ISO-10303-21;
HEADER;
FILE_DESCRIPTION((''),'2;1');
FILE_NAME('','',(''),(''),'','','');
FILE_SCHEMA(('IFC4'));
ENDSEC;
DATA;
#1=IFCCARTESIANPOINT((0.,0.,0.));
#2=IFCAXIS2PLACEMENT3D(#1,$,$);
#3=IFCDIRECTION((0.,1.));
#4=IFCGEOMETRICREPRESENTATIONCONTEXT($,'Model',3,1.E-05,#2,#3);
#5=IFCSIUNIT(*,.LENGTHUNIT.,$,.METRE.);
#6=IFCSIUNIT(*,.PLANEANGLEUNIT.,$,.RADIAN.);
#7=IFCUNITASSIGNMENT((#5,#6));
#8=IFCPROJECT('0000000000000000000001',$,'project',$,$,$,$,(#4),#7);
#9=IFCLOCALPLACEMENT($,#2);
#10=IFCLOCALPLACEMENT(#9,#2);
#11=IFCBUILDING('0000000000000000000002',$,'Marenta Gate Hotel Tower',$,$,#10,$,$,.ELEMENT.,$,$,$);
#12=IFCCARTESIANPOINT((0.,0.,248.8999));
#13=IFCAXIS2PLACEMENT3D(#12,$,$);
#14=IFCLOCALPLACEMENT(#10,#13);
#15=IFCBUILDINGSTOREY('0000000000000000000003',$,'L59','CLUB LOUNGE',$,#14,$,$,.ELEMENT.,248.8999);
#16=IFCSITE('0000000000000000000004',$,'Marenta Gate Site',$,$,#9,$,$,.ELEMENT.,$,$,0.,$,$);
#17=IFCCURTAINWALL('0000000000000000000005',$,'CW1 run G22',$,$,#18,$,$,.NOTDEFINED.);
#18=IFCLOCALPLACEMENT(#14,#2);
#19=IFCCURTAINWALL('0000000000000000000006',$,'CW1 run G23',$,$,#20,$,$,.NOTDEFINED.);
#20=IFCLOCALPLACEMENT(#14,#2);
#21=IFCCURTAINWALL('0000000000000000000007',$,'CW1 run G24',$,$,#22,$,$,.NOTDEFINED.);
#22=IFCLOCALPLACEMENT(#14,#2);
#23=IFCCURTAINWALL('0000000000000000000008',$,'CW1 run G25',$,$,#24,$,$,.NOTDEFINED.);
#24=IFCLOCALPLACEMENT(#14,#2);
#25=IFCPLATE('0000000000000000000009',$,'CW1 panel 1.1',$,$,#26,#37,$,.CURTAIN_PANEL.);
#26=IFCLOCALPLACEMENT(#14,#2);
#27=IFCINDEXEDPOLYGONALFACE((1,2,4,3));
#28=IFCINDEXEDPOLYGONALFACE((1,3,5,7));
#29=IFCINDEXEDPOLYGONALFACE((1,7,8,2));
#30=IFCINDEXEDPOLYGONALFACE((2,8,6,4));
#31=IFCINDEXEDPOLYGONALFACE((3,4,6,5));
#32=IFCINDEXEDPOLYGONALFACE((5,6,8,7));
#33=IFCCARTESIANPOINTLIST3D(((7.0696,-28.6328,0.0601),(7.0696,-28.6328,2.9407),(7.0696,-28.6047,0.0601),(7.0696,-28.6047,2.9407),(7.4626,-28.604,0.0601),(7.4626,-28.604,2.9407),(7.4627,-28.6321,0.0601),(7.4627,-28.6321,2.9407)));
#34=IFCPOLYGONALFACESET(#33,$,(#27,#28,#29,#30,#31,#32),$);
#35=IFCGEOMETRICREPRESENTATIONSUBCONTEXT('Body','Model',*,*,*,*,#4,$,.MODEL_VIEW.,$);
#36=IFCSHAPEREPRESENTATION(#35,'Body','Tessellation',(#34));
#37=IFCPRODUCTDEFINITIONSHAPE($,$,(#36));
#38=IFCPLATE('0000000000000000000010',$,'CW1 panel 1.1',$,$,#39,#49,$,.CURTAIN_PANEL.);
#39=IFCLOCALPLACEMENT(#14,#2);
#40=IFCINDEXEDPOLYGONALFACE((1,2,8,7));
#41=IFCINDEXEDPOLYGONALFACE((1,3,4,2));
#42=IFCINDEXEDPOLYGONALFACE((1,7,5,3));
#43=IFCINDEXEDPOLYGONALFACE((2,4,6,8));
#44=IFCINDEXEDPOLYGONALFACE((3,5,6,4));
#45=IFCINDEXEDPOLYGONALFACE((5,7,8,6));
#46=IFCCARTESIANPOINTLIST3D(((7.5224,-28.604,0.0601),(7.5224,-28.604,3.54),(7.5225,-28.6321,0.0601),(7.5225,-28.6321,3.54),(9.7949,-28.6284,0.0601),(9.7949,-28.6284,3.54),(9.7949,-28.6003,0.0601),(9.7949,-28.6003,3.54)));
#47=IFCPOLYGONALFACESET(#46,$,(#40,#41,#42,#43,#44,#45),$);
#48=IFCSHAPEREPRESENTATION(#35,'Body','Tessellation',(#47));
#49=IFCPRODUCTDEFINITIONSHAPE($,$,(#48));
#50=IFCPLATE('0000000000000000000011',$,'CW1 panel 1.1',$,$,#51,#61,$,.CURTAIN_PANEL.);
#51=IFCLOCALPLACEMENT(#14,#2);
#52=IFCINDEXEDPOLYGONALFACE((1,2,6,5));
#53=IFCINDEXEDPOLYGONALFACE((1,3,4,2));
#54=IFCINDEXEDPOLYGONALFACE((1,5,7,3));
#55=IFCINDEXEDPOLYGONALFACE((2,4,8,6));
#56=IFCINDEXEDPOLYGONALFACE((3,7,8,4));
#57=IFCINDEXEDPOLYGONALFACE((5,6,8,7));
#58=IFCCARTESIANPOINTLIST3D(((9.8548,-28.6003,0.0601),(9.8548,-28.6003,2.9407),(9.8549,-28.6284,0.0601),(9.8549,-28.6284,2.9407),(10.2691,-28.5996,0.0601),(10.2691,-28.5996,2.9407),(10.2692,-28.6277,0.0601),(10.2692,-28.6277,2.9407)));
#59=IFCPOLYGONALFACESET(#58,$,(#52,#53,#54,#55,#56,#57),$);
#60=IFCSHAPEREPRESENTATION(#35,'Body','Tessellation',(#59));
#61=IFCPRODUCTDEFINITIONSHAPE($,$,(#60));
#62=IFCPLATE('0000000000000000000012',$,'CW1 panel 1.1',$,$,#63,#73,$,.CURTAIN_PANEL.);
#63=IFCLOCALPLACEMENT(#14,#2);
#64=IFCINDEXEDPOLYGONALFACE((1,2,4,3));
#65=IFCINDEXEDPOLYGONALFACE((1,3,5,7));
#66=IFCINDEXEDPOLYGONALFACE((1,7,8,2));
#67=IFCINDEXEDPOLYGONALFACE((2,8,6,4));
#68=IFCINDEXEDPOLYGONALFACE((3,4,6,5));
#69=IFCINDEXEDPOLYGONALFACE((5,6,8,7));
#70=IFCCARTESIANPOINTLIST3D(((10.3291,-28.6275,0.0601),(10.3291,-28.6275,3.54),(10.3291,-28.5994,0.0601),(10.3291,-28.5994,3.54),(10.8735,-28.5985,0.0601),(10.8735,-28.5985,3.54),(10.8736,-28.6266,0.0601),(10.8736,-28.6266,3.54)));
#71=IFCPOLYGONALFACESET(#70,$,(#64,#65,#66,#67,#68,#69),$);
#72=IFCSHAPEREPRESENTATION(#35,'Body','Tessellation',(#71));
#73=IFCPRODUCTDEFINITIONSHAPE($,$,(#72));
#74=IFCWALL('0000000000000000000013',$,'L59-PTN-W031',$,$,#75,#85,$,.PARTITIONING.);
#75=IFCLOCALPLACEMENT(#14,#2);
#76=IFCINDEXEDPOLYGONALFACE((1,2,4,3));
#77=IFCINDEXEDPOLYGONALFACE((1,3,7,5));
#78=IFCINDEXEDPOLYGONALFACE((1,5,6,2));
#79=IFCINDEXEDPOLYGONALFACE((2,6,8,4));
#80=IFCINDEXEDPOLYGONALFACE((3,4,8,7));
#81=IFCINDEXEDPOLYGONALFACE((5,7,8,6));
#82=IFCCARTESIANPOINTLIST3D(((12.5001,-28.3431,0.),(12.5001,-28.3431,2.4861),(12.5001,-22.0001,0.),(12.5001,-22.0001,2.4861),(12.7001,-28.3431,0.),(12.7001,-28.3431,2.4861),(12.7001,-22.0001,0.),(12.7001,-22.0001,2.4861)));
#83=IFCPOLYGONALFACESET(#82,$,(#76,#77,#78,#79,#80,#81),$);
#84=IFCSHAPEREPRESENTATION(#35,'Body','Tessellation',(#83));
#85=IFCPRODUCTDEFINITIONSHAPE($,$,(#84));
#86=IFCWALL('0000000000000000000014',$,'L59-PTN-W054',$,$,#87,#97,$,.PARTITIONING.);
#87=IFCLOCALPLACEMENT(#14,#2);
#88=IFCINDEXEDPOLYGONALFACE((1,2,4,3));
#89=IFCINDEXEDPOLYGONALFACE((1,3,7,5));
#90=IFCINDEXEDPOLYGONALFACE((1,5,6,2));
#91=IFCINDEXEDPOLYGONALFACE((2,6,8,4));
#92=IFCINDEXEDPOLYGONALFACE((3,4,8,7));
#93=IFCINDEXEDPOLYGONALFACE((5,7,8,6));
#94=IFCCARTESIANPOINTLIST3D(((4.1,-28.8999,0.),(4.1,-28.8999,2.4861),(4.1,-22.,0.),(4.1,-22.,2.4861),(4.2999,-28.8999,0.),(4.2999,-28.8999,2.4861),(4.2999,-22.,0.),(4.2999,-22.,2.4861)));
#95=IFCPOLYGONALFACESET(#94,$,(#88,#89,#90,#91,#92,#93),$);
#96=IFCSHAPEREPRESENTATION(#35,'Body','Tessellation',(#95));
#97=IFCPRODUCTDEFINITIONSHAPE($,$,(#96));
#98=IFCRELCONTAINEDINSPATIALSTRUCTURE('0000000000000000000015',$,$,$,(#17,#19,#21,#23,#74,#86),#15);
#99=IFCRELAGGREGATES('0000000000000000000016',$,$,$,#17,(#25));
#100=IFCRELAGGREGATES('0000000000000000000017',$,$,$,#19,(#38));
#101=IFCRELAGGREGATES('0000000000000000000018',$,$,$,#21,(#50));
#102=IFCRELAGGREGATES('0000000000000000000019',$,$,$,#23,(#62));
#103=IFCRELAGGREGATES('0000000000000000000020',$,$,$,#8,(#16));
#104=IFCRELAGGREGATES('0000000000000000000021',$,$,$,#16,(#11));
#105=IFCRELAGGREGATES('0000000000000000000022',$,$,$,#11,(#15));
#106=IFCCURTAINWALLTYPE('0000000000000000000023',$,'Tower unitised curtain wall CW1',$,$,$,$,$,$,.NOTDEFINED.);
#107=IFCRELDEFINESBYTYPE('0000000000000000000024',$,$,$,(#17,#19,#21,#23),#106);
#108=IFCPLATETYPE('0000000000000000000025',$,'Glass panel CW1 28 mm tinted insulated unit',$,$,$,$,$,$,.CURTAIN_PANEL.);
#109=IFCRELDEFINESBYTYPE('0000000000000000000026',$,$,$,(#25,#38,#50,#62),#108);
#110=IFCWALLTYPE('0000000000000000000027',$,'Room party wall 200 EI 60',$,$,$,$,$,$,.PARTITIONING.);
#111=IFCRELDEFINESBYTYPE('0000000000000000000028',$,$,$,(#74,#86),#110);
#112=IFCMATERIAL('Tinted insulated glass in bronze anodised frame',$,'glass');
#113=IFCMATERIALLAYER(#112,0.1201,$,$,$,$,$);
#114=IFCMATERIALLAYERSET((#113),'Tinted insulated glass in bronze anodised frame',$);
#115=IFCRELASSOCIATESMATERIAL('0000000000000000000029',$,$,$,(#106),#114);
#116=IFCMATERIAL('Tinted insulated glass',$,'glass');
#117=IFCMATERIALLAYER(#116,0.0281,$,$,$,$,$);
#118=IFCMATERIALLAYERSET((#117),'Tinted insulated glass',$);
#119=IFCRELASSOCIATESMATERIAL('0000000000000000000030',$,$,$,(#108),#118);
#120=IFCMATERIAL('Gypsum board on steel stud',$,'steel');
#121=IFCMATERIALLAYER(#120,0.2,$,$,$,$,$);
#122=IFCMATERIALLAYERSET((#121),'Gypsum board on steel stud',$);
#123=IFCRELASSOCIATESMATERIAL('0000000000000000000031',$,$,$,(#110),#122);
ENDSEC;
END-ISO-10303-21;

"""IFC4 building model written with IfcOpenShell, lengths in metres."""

from ifc_helpers import new_model, si_unit, direction, frame, frame_2d, origin, origin_2d, place, context, subcontext, project, spatial, rectangle, extrude, material, layer, layer_set, type_object, element, aggregate, save


model = new_model("IFC4")

# Units and contexts
model_context = context("Model", 3, precision=1e-05, world=origin(), true_north=direction((0.0, 1.0)))
body_context = subcontext(model_context, "Body", "Model", "MODEL_VIEW")
ifc_project = project(units=[si_unit("LENGTHUNIT", "METRE"), si_unit("PLANEANGLEUNIT", "RADIAN")], contexts=[model_context])

# Site, building, storey
site_placement = place(None, origin())
site = spatial("IfcSite", under=ifc_project, at=site_placement, Name="Marenta Gate Site", CompositionType="ELEMENT", RefElevation=0.0)
building_placement = place(site_placement, origin())
building = spatial("IfcBuilding", under=site, at=building_placement, Name="Marenta Gate Hotel Tower", CompositionType="ELEMENT")
storey_placement = place(building_placement, frame((0.0, 0.0, 248.8999)))
storey = spatial("IfcBuildingStorey", under=building, at=storey_placement, Name="L59", Description="CLUB LOUNGE", CompositionType="ELEMENT", Elevation=248.8999)

# Curtain walls
ifc_material_1 = material(Name="Tinted insulated glass in bronze anodised frame", Category="glass")
ifc_layer_1 = layer(ifc_material_1, 0.1201)
ifc_layer_set_1 = layer_set([ifc_layer_1], Name="Tinted insulated glass in bronze anodised frame")
curtain_wall_type = type_object("IfcCurtainWallType", Name="Tower unitised curtain wall CW1", PredefinedType="NOTDEFINED", material=ifc_layer_set_1)
curtain_wall_1_placement = place(storey_placement, origin())
curtain_wall_1 = element("IfcCurtainWall", 1, at=curtain_wall_1_placement, inside=storey, type_object=curtain_wall_type, Name="CW1 run G22", PredefinedType="NOTDEFINED")
curtain_wall_2_placement = place(storey_placement, origin())
curtain_wall_2 = element("IfcCurtainWall", 2, at=curtain_wall_2_placement, inside=storey, type_object=curtain_wall_type, Name="CW1 run G23", PredefinedType="NOTDEFINED")
curtain_wall_3_placement = place(storey_placement, origin())
curtain_wall_3 = element("IfcCurtainWall", 3, at=curtain_wall_3_placement, inside=storey, type_object=curtain_wall_type, Name="CW1 run G24", PredefinedType="NOTDEFINED")
curtain_wall_4_placement = place(storey_placement, origin())
curtain_wall_4 = element("IfcCurtainWall", 4, at=curtain_wall_4_placement, inside=storey, type_object=curtain_wall_type, Name="CW1 run G25", PredefinedType="NOTDEFINED")

# Plates
ifc_material_2 = material(Name="Tinted insulated glass", Category="glass")
ifc_layer_2 = layer(ifc_material_2, 0.0281)
ifc_layer_set_2 = layer_set([ifc_layer_2], Name="Tinted insulated glass")
plate_type = type_object("IfcPlateType", Name="Glass panel CW1 28 mm tinted insulated unit", PredefinedType="CURTAIN_PANEL", material=ifc_layer_set_2)
plate_1_placement = place(storey_placement, frame((7.2661, -28.6184, 0.0601), z_axis=(0.0, 0.0, 1.0), x_axis=(0.999998, 0.001766, 0.0)))
plate_1 = element("IfcPlate", 5, at=plate_1_placement, type_object=plate_type, Name="CW1 panel 1.1", PredefinedType="CURTAIN_PANEL", context=body_context, shape_type="SweptSolid", body=[
    extrude(rectangle(XDim=0.3931, YDim=0.0281, at=origin_2d()), origin(), (0.0, 0.0, 1.0), 2.8806),
])
aggregate(curtain_wall_1, [plate_1])
plate_2_placement = place(storey_placement, frame((8.6587, -28.6162, 0.0601), z_axis=(0.0, 0.0, 1.0), x_axis=(0.999999, 0.001629, 0.0)))
plate_2 = element("IfcPlate", 6, at=plate_2_placement, type_object=plate_type, Name="CW1 panel 1.1", PredefinedType="CURTAIN_PANEL", context=body_context, shape_type="SweptSolid", body=[
    extrude(rectangle(XDim=2.2725, YDim=0.0281, at=origin_2d()), origin(), (0.0, 0.0, 1.0), 3.48),
])
aggregate(curtain_wall_2, [plate_2])
plate_3_placement = place(storey_placement, frame((10.062, -28.614, 0.0601), z_axis=(0.0, 0.0, 1.0), x_axis=(0.999999, 0.001687, 0.0)))
plate_3 = element("IfcPlate", 7, at=plate_3_placement, type_object=plate_type, Name="CW1 panel 1.1", PredefinedType="CURTAIN_PANEL", context=body_context, shape_type="SweptSolid", body=[
    extrude(rectangle(XDim=0.4143, YDim=0.0281, at=origin_2d()), origin(), (0.0, 0.0, 1.0), 2.8806),
])
aggregate(curtain_wall_3, [plate_3])
plate_4_placement = place(storey_placement, frame((10.6013, -28.613, 0.0601), z_axis=(0.0, 0.0, 1.0), x_axis=(0.999999, 0.001654, 0.0)))
plate_4 = element("IfcPlate", 8, at=plate_4_placement, type_object=plate_type, Name="CW1 panel 1.1", PredefinedType="CURTAIN_PANEL", context=body_context, shape_type="SweptSolid", body=[
    extrude(rectangle(XDim=0.5444, YDim=0.0281, at=origin_2d()), origin(), (0.0, 0.0, 1.0), 3.48),
])
aggregate(curtain_wall_4, [plate_4])

# Walls
ifc_material_3 = material(Name="Gypsum board on steel stud", Category="steel")
ifc_layer_3 = layer(ifc_material_3, 0.2)
ifc_layer_set_3 = layer_set([ifc_layer_3], Name="Gypsum board on steel stud")
wall_type = type_object("IfcWallType", Name="Room party wall 200 EI 60", PredefinedType="PARTITIONING", material=ifc_layer_set_3)
wall_1_placement = place(storey_placement, frame((12.6001, -28.343, 0.0), z_axis=(0.0, 0.0, 1.0), x_axis=(0.0, 1.0, 0.0)))
element("IfcWall", 9, at=wall_1_placement, inside=storey, type_object=wall_type, Name="L59-PTN-W031", PredefinedType="PARTITIONING", context=body_context, shape_type="SweptSolid", body=[
    extrude(rectangle(XDim=6.343, YDim=0.2, at=frame_2d((3.1714, 0.0))), origin(), (0.0, 0.0, 1.0), 2.4861),
])
wall_2_placement = place(storey_placement, frame((4.2, -28.8999, 0.0), z_axis=(0.0, 0.0, 1.0), x_axis=(0.0, 1.0, 0.0)))
element("IfcWall", 10, at=wall_2_placement, inside=storey, type_object=wall_type, Name="L59-PTN-W054", PredefinedType="PARTITIONING", context=body_context, shape_type="SweptSolid", body=[
    extrude(rectangle(XDim=6.8999, YDim=0.2, at=frame_2d((3.45, 0.0))), origin(), (0.0, 0.0, 1.0), 2.4861),
])

save(model, "model.ifc")
